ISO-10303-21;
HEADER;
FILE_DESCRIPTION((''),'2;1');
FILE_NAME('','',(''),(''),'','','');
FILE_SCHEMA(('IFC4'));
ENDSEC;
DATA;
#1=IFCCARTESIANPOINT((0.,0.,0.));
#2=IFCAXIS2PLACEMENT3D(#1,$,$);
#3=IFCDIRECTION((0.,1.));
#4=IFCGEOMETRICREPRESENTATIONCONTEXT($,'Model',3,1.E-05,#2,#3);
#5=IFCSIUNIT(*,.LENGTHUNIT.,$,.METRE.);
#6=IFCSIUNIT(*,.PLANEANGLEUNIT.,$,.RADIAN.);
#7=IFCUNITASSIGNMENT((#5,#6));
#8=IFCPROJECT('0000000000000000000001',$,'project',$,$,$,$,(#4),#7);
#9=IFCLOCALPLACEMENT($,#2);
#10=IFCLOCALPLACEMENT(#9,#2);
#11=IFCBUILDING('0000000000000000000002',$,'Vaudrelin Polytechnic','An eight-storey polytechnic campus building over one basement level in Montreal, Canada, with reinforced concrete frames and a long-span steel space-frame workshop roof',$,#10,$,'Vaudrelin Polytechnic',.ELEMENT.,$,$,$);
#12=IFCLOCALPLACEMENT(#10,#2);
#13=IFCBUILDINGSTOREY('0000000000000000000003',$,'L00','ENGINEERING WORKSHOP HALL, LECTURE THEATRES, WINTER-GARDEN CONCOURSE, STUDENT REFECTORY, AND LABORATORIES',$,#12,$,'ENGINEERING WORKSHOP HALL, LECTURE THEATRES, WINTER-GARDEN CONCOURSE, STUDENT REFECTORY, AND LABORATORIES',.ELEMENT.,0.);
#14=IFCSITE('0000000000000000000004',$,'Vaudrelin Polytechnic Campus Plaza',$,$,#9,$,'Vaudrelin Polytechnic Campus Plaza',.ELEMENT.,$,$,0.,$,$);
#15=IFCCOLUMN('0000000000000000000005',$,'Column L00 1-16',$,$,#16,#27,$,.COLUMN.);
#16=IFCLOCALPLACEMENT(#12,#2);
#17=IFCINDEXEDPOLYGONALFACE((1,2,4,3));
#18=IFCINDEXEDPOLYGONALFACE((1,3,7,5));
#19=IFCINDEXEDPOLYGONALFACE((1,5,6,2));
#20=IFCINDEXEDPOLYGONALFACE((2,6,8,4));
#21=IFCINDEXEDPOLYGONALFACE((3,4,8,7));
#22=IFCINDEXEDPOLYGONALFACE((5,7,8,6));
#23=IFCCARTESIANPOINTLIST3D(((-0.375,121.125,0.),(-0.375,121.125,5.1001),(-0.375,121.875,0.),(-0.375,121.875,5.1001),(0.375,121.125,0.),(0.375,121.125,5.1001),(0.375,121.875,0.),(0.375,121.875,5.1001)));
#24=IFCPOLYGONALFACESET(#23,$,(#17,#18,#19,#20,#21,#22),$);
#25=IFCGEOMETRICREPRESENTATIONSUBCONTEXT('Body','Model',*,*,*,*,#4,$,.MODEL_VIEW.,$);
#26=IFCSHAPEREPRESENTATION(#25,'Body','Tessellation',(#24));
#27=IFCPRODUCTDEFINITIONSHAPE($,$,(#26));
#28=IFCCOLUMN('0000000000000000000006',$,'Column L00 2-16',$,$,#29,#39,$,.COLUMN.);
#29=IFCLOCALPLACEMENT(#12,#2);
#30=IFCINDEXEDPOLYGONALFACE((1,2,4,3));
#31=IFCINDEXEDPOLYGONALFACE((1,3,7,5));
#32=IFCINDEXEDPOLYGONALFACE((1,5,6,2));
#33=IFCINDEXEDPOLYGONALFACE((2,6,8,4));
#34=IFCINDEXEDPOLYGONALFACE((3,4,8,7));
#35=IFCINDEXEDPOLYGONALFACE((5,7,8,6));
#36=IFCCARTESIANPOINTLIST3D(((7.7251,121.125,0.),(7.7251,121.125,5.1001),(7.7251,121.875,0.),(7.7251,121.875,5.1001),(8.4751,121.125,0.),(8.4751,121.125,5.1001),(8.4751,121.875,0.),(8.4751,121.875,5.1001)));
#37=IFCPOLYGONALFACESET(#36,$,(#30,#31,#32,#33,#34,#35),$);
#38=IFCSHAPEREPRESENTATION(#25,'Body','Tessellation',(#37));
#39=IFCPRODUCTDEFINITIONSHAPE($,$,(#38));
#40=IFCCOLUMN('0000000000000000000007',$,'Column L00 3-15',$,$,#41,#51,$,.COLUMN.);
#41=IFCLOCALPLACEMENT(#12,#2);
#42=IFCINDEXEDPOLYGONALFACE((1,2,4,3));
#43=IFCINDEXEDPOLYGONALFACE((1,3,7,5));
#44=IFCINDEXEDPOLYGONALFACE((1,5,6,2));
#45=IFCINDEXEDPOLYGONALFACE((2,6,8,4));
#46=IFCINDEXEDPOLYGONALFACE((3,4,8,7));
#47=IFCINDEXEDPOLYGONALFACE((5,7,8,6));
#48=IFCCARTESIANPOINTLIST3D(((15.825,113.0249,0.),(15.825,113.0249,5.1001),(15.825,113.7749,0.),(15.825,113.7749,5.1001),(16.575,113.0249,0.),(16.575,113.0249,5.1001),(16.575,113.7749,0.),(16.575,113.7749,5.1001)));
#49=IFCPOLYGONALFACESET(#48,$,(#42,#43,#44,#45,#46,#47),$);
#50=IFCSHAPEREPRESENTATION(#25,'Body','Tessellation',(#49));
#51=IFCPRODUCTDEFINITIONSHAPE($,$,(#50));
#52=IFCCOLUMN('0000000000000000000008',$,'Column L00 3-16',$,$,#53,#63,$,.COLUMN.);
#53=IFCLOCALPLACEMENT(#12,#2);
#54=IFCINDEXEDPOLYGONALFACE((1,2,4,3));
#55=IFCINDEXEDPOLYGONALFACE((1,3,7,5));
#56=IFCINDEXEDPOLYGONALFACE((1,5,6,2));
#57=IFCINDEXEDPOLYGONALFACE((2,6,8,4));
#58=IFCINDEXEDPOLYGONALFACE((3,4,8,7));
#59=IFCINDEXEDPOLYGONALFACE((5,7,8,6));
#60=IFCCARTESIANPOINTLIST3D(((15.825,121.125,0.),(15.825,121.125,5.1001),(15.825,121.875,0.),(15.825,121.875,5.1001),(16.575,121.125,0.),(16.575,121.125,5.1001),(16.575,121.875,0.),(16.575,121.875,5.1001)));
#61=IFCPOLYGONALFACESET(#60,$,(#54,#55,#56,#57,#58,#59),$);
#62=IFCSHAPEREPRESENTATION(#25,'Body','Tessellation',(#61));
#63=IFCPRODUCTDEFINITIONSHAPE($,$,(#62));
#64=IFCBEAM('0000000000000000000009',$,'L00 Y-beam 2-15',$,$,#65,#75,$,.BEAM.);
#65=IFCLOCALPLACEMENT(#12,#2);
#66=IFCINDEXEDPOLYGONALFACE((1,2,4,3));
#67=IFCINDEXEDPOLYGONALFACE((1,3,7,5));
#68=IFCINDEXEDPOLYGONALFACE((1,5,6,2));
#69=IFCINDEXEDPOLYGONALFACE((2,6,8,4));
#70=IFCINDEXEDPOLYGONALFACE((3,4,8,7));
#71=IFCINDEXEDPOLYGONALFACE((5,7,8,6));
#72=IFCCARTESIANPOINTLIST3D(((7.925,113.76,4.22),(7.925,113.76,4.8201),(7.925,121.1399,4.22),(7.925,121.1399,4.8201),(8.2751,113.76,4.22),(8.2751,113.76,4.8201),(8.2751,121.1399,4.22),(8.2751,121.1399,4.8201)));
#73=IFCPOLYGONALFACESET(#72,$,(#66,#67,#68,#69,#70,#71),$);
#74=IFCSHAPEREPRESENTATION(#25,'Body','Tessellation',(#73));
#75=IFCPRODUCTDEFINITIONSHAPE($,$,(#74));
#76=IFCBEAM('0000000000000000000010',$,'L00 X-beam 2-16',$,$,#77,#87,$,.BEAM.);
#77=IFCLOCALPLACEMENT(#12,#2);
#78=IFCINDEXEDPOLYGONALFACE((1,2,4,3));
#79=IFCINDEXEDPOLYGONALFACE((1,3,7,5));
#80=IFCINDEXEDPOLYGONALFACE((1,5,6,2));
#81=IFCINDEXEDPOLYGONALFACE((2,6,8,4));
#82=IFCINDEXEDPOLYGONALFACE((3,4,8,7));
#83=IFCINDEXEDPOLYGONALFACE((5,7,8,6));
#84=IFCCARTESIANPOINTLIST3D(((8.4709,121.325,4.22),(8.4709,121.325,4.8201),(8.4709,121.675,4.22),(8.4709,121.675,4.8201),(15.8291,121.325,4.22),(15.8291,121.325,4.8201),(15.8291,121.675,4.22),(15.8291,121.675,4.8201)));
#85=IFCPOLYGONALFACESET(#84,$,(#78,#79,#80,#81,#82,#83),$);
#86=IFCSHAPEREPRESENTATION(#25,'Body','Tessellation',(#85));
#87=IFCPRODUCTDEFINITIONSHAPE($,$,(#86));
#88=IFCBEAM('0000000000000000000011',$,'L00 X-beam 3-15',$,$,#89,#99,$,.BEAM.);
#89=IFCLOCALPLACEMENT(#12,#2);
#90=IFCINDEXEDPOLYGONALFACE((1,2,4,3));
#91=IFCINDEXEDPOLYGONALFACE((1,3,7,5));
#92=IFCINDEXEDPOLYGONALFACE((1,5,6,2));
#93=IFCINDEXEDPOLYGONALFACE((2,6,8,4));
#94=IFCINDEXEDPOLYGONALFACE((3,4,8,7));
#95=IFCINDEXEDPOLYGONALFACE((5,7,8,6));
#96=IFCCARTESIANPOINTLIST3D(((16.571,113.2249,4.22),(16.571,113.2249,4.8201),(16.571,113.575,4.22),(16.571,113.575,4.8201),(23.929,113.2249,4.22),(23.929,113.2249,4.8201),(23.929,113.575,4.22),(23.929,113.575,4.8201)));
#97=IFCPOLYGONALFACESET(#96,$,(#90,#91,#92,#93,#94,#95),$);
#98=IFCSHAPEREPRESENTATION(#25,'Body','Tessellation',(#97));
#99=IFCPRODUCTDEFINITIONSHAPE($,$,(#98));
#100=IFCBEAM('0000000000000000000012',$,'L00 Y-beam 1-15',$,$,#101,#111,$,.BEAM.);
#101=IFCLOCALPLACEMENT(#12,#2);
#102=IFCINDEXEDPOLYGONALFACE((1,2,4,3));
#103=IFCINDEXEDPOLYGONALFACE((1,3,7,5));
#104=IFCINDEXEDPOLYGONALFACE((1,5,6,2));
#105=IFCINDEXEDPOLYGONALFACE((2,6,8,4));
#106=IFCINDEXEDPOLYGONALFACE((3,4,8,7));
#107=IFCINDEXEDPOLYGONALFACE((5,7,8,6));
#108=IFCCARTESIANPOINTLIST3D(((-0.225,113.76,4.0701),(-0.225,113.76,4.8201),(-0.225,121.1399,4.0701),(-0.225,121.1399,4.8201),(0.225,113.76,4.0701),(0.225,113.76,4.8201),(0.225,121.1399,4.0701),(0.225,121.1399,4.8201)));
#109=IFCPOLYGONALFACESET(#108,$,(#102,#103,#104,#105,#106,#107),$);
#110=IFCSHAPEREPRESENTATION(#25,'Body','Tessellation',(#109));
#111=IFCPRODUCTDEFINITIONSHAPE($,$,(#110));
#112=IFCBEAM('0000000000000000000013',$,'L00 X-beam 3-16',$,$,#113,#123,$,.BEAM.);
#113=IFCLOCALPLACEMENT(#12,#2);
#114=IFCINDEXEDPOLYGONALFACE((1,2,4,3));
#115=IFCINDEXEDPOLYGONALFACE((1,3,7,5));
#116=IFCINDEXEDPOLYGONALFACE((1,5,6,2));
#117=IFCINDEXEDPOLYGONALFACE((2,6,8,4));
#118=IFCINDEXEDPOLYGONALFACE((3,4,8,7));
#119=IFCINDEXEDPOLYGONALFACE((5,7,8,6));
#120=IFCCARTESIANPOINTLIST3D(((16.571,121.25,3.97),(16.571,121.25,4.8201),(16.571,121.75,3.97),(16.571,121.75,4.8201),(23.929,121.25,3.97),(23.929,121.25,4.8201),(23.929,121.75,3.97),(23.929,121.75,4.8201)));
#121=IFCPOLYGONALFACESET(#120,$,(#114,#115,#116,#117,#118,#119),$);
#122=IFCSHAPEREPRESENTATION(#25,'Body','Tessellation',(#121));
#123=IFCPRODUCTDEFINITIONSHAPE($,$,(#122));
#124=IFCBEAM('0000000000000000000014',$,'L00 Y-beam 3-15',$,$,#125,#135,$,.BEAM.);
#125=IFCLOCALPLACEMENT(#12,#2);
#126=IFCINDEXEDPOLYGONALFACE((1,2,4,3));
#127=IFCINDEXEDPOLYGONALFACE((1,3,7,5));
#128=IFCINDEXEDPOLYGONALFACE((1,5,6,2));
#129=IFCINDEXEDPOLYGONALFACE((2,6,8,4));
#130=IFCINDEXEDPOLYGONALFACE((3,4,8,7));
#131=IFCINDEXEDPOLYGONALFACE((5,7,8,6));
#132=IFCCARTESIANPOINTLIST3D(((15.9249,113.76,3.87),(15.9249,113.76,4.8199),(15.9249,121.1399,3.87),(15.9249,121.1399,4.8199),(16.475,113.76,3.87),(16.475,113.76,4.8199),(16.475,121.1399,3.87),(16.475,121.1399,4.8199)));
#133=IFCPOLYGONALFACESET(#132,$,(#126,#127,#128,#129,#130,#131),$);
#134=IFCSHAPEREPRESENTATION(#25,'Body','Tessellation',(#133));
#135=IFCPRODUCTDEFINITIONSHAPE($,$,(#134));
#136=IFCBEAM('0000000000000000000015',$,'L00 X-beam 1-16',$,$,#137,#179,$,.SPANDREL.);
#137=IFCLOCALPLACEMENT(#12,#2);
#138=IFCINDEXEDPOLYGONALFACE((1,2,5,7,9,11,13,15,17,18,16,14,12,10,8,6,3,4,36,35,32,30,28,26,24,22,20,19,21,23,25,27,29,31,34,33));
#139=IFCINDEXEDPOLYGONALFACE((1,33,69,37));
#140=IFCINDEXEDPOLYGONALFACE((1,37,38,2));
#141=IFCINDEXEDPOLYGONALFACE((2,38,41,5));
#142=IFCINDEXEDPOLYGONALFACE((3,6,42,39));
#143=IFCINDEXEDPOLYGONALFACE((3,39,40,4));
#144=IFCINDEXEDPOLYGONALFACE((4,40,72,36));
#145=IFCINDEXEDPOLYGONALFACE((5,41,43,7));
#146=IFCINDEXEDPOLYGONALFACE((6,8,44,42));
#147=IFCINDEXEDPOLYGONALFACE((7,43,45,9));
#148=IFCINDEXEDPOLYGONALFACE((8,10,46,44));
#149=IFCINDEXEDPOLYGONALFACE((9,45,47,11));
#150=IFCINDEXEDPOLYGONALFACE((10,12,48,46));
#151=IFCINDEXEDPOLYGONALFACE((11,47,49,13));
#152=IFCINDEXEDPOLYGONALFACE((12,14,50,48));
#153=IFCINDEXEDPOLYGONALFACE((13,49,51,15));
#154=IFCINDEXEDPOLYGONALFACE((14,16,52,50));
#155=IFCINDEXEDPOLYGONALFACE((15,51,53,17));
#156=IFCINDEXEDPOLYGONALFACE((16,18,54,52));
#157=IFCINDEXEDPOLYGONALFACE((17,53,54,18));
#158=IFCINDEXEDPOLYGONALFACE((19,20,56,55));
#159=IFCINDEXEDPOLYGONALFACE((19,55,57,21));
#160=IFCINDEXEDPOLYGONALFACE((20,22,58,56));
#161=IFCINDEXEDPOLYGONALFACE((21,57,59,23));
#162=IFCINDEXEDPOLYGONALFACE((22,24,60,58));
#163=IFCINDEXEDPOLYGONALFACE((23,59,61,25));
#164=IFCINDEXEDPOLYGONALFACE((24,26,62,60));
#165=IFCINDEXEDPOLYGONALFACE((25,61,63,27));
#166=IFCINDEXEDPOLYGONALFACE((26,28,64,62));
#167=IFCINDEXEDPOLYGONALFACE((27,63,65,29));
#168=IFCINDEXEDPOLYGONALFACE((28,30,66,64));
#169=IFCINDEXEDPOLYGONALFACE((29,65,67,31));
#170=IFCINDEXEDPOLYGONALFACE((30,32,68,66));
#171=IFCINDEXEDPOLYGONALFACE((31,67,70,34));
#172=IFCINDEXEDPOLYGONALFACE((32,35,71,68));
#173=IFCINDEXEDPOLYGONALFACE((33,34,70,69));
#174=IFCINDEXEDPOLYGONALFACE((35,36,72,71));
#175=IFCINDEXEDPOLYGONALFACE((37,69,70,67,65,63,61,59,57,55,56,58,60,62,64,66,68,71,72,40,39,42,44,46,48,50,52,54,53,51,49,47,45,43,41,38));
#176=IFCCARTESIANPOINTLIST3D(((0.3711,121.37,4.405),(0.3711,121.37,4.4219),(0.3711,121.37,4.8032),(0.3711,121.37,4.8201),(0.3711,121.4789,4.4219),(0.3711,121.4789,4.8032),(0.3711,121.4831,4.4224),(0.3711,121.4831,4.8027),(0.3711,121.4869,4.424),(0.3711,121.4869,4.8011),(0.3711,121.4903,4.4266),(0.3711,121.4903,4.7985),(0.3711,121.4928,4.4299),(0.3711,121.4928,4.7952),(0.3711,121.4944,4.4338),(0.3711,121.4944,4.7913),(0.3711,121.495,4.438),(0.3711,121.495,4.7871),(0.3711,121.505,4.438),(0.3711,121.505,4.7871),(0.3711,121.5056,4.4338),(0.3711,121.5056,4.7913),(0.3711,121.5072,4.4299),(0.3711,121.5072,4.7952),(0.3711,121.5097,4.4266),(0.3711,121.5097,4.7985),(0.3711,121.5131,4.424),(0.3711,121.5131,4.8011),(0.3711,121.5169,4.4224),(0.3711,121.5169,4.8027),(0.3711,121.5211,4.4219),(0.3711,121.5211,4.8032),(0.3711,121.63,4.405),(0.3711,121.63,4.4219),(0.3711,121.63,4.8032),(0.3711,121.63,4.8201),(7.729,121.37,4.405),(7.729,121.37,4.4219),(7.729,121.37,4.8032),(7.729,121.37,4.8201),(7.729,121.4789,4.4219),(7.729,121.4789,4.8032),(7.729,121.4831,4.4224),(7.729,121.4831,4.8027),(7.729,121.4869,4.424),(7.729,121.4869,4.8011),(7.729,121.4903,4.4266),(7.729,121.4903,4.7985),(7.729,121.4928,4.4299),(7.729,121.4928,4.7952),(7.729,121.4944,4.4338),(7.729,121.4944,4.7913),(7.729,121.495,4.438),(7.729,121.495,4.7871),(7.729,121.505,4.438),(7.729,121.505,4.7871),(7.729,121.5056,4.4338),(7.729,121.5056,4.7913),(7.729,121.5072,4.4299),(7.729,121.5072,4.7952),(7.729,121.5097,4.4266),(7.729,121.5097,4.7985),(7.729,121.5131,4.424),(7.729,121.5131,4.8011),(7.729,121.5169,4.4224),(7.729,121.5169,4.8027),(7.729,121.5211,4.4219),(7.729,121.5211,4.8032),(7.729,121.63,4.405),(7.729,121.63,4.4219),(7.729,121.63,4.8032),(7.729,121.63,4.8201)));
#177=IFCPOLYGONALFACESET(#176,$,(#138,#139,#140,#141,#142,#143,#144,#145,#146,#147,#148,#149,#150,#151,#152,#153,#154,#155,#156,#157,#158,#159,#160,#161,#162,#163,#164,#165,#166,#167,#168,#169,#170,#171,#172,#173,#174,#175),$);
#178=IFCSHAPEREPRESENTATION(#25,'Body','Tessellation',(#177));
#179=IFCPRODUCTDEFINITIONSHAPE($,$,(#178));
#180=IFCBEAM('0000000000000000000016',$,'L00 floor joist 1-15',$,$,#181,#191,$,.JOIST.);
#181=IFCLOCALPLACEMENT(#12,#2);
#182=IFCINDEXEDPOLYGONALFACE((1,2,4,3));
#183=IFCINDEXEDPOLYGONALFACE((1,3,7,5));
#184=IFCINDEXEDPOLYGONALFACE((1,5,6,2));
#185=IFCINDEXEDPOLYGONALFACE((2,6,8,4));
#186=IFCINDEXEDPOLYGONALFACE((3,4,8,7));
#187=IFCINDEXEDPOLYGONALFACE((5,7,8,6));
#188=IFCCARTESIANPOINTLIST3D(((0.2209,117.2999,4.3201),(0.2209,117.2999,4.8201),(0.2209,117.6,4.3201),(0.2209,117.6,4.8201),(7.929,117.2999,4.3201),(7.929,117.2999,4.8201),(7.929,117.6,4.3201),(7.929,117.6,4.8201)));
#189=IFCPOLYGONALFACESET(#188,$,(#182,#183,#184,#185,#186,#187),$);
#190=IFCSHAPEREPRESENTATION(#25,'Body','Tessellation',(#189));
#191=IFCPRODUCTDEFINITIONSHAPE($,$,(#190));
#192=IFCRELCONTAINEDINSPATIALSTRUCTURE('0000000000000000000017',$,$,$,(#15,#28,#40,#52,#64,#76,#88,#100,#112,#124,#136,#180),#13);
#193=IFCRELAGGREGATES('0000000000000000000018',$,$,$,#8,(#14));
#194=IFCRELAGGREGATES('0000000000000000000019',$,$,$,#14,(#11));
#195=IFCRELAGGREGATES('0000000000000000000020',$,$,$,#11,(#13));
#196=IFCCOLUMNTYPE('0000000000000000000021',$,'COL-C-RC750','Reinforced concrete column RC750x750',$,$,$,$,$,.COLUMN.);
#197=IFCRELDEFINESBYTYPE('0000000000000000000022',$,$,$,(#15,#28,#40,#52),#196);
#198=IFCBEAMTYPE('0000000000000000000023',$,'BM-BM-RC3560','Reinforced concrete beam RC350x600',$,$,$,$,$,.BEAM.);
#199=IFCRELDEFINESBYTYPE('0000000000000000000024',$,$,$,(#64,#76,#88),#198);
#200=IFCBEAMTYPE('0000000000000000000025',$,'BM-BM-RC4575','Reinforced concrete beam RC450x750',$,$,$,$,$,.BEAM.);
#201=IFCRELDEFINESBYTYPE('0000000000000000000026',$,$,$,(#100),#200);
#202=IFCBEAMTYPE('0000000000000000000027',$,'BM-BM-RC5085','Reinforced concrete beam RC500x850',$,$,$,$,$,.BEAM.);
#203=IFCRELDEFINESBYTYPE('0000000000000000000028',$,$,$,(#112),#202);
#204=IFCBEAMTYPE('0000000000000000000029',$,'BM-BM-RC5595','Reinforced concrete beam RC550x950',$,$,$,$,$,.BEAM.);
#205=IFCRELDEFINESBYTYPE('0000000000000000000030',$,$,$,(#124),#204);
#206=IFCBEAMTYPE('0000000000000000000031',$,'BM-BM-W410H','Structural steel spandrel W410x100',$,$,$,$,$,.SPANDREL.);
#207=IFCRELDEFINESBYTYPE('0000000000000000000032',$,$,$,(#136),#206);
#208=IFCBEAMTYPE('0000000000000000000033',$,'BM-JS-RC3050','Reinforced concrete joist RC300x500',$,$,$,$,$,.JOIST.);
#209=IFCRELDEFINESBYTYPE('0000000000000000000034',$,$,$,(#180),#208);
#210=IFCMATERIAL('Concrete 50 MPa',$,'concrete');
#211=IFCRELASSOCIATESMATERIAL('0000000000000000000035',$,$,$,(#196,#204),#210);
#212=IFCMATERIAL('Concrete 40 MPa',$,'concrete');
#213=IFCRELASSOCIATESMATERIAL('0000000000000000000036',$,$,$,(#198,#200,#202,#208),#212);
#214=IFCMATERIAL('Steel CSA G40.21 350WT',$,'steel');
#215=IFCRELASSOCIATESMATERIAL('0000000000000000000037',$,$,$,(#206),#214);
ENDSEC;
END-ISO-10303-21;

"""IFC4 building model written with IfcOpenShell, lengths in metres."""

from ifc_helpers import new_model, si_unit, direction, frame, origin, origin_2d, place, context, subcontext, project, spatial, rectangle, i_section, extrude, material, material_profile, profile_set, type_object, element, save


model = new_model("IFC4")

# Units and contexts
model_context = context("Model", 3, precision=1e-05, world=origin(), true_north=direction((0.0, 1.0)))
body_context = subcontext(model_context, "Body", "Model", "MODEL_VIEW")
ifc_project = project(units=[si_unit("LENGTHUNIT", "METRE"), si_unit("PLANEANGLEUNIT", "RADIAN")], contexts=[model_context])

# Site, building, storey
site_placement = place(None, origin())
site = spatial("IfcSite", under=ifc_project, at=site_placement, Name="Vaudrelin Polytechnic Campus Plaza", LongName="Vaudrelin Polytechnic Campus Plaza", CompositionType="ELEMENT", RefElevation=0.0)
building_placement = place(site_placement, origin())
building = spatial("IfcBuilding", under=site, at=building_placement, Name="Vaudrelin Polytechnic", Description="An eight-storey polytechnic campus building over one basement level in Montreal, Canada, with reinforced concrete frames and a long-span steel space-frame workshop roof", LongName="Vaudrelin Polytechnic", CompositionType="ELEMENT")
storey_placement = place(building_placement, origin())
storey = spatial("IfcBuildingStorey", under=building, at=storey_placement, Name="L00", Description="ENGINEERING WORKSHOP HALL, LECTURE THEATRES, WINTER-GARDEN CONCOURSE, STUDENT REFECTORY, AND LABORATORIES", LongName="ENGINEERING WORKSHOP HALL, LECTURE THEATRES, WINTER-GARDEN CONCOURSE, STUDENT REFECTORY, AND LABORATORIES", CompositionType="ELEMENT", Elevation=0.0)

# Columns
ifc_material_1 = material(Name="Concrete 50 MPa", Category="concrete")
ifc_material_profile_1 = material_profile(ifc_material_1, rectangle(XDim=0.75, YDim=0.75, at=origin_2d()), Name="RC750x750")
ifc_profile_set_1 = profile_set([ifc_material_profile_1], Name="Concrete 50 MPa")
column_type = type_object("IfcColumnType", Name="COL-C-RC750", Description="Reinforced concrete column RC750x750", PredefinedType="COLUMN", material=ifc_profile_set_1)
for number, where, z_axis, x_axis, name in (
    (1, (0.0, 121.5, 0.0), (0.0, 0.0, 1.0), (1.0, 0.0, 0.0), "Column L00 1-16"),
    (2, (8.1001, 121.5, 0.0), (0.0, 0.0, 1.0), (1.0, 0.0, 0.0), "Column L00 2-16"),
    (3, (16.2, 113.3999, 0.0), (0.0, 0.0, 1.0), (1.0, 0.0, 0.0), "Column L00 3-15"),
    (4, (16.2, 121.5, 0.0), (0.0, 0.0, 1.0), (1.0, 0.0, 0.0), "Column L00 3-16"),
):
    element("IfcColumn", number, at=place(storey_placement, frame(where, z_axis=z_axis, x_axis=x_axis)), inside=storey, type_object=column_type, Name=name, PredefinedType="COLUMN", context=body_context, shape_type="SweptSolid", body=[
        extrude(rectangle(XDim=0.75, YDim=0.75, at=origin_2d()), origin(), (0.0, 0.0, 1.0), 5.1001),
    ])

# Beams
ifc_material_2 = material(Name="Concrete 40 MPa", Category="concrete")
ifc_material_profile_2 = material_profile(ifc_material_2, rectangle(XDim=0.3501, YDim=0.6001, at=origin_2d()), Name="RC350x600")
ifc_profile_set_2 = profile_set([ifc_material_profile_2], Name="Concrete 40 MPa")
beam_type_1 = type_object("IfcBeamType", Name="BM-BM-RC3560", Description="Reinforced concrete beam RC350x600", PredefinedType="BEAM", material=ifc_profile_set_2)
beam_1_placement = place(storey_placement, frame((8.1001, 113.76, 4.52), z_axis=(0.0, 1.0, 0.0), x_axis=(-1.0, 0.0, 0.0)))
element("IfcBeam", 5, at=beam_1_placement, inside=storey, type_object=beam_type_1, Name="L00 Y-beam 2-15", PredefinedType="BEAM", context=body_context, shape_type="SweptSolid", body=[
    extrude(rectangle(XDim=0.3501, YDim=0.6001, at=origin_2d()), origin(), (0.0, 0.0, 1.0), 7.3799),
])
beam_2_placement = place(storey_placement, frame((8.4709, 121.5, 4.52), z_axis=(1.0, 0.0, 0.0), x_axis=(0.0, 1.0, 0.0)))
element("IfcBeam", 6, at=beam_2_placement, inside=storey, type_object=beam_type_1, Name="L00 X-beam 2-16", PredefinedType="BEAM", context=body_context, shape_type="SweptSolid", body=[
    extrude(rectangle(XDim=0.3501, YDim=0.6001, at=origin_2d()), origin(), (0.0, 0.0, 1.0), 7.3582),
])
beam_3_placement = place(storey_placement, frame((16.571, 113.3999, 4.52), z_axis=(1.0, 0.0, 0.0), x_axis=(0.0, 1.0, 0.0)))
element("IfcBeam", 7, at=beam_3_placement, inside=storey, type_object=beam_type_1, Name="L00 X-beam 3-15", PredefinedType="BEAM", context=body_context, shape_type="SweptSolid", body=[
    extrude(rectangle(XDim=0.3501, YDim=0.6001, at=origin_2d()), origin(), (0.0, 0.0, 1.0), 7.3579),
])
ifc_material_profile_3 = material_profile(ifc_material_2, rectangle(XDim=0.45, YDim=0.75, at=origin_2d()), Name="RC450x750")
ifc_profile_set_3 = profile_set([ifc_material_profile_3], Name="Concrete 40 MPa")
beam_type_2 = type_object("IfcBeamType", Name="BM-BM-RC4575", Description="Reinforced concrete beam RC450x750", PredefinedType="BEAM", material=ifc_profile_set_3)
beam_4_placement = place(storey_placement, frame((0.0, 113.76, 4.4451), z_axis=(0.0, 1.0, 0.0), x_axis=(-1.0, 0.0, 0.0)))
element("IfcBeam", 8, at=beam_4_placement, inside=storey, type_object=beam_type_2, Name="L00 Y-beam 1-15", PredefinedType="BEAM", context=body_context, shape_type="SweptSolid", body=[
    extrude(rectangle(XDim=0.45, YDim=0.75, at=origin_2d()), origin(), (0.0, 0.0, 1.0), 7.3799),
])
ifc_material_profile_4 = material_profile(ifc_material_2, rectangle(XDim=0.5, YDim=0.8501, at=origin_2d()), Name="RC500x850")
ifc_profile_set_4 = profile_set([ifc_material_profile_4], Name="Concrete 40 MPa")
beam_type_3 = type_object("IfcBeamType", Name="BM-BM-RC5085", Description="Reinforced concrete beam RC500x850", PredefinedType="BEAM", material=ifc_profile_set_4)
beam_5_placement = place(storey_placement, frame((16.571, 121.5, 4.395), z_axis=(1.0, 0.0, 0.0), x_axis=(0.0, 1.0, 0.0)))
element("IfcBeam", 9, at=beam_5_placement, inside=storey, type_object=beam_type_3, Name="L00 X-beam 3-16", PredefinedType="BEAM", context=body_context, shape_type="SweptSolid", body=[
    extrude(rectangle(XDim=0.5, YDim=0.8501, at=origin_2d()), origin(), (0.0, 0.0, 1.0), 7.3579),
])
ifc_material_profile_5 = material_profile(ifc_material_1, rectangle(XDim=0.55, YDim=0.95, at=origin_2d()), Name="RC550x950")
ifc_profile_set_5 = profile_set([ifc_material_profile_5], Name="Concrete 50 MPa")
beam_type_4 = type_object("IfcBeamType", Name="BM-BM-RC5595", Description="Reinforced concrete beam RC550x950", PredefinedType="BEAM", material=ifc_profile_set_5)
beam_6_placement = place(storey_placement, frame((16.2, 113.76, 4.345), z_axis=(0.0, 1.0, 0.0), x_axis=(-1.0, 0.0, 0.0)))
element("IfcBeam", 10, at=beam_6_placement, inside=storey, type_object=beam_type_4, Name="L00 Y-beam 3-15", PredefinedType="BEAM", context=body_context, shape_type="SweptSolid", body=[
    extrude(rectangle(XDim=0.55, YDim=0.95, at=origin_2d()), origin(), (0.0, 0.0, 1.0), 7.3799),
])
ifc_material_3 = material(Name="Steel CSA G40.21 350WT", Category="steel")
ifc_material_profile_6 = material_profile(ifc_material_3, i_section(OverallWidth=0.26, OverallDepth=0.415, WebThickness=0.01, FlangeThickness=0.0168, FilletRadius=0.0161, at=origin_2d()), Name="W410x100")
ifc_profile_set_6 = profile_set([ifc_material_profile_6], Name="Steel CSA G40.21 350WT")
beam_type_5 = type_object("IfcBeamType", Name="BM-BM-W410H", Description="Structural steel spandrel W410x100", PredefinedType="SPANDREL", material=ifc_profile_set_6)
beam_7_placement = place(storey_placement, frame((0.3711, 121.5, 4.6125), z_axis=(1.0, 0.0, 0.0), x_axis=(0.0, 1.0, 0.0)))
element("IfcBeam", 11, at=beam_7_placement, inside=storey, type_object=beam_type_5, Name="L00 X-beam 1-16", PredefinedType="SPANDREL", context=body_context, shape_type="SweptSolid", body=[
    extrude(i_section(OverallWidth=0.26, OverallDepth=0.415, WebThickness=0.01, FlangeThickness=0.0168, FilletRadius=0.0161, at=origin_2d()), origin(), (0.0, 0.0, 1.0), 7.3579),
])
ifc_material_profile_7 = material_profile(ifc_material_2, rectangle(XDim=0.3, YDim=0.5, at=origin_2d()), Name="RC300x500")
ifc_profile_set_7 = profile_set([ifc_material_profile_7], Name="Concrete 40 MPa")
beam_type_6 = type_object("IfcBeamType", Name="BM-JS-RC3050", Description="Reinforced concrete joist RC300x500", PredefinedType="JOIST", material=ifc_profile_set_7)
beam_8_placement = place(storey_placement, frame((0.2209, 117.45, 4.5701), z_axis=(1.0, 0.0, 0.0), x_axis=(0.0, 1.0, 0.0)))
element("IfcBeam", 12, at=beam_8_placement, inside=storey, type_object=beam_type_6, Name="L00 floor joist 1-15", PredefinedType="JOIST", context=body_context, shape_type="SweptSolid", body=[
    extrude(rectangle(XDim=0.3, YDim=0.5, at=origin_2d()), origin(), (0.0, 0.0, 1.0), 7.708),
])

save(model, "model.ifc")
